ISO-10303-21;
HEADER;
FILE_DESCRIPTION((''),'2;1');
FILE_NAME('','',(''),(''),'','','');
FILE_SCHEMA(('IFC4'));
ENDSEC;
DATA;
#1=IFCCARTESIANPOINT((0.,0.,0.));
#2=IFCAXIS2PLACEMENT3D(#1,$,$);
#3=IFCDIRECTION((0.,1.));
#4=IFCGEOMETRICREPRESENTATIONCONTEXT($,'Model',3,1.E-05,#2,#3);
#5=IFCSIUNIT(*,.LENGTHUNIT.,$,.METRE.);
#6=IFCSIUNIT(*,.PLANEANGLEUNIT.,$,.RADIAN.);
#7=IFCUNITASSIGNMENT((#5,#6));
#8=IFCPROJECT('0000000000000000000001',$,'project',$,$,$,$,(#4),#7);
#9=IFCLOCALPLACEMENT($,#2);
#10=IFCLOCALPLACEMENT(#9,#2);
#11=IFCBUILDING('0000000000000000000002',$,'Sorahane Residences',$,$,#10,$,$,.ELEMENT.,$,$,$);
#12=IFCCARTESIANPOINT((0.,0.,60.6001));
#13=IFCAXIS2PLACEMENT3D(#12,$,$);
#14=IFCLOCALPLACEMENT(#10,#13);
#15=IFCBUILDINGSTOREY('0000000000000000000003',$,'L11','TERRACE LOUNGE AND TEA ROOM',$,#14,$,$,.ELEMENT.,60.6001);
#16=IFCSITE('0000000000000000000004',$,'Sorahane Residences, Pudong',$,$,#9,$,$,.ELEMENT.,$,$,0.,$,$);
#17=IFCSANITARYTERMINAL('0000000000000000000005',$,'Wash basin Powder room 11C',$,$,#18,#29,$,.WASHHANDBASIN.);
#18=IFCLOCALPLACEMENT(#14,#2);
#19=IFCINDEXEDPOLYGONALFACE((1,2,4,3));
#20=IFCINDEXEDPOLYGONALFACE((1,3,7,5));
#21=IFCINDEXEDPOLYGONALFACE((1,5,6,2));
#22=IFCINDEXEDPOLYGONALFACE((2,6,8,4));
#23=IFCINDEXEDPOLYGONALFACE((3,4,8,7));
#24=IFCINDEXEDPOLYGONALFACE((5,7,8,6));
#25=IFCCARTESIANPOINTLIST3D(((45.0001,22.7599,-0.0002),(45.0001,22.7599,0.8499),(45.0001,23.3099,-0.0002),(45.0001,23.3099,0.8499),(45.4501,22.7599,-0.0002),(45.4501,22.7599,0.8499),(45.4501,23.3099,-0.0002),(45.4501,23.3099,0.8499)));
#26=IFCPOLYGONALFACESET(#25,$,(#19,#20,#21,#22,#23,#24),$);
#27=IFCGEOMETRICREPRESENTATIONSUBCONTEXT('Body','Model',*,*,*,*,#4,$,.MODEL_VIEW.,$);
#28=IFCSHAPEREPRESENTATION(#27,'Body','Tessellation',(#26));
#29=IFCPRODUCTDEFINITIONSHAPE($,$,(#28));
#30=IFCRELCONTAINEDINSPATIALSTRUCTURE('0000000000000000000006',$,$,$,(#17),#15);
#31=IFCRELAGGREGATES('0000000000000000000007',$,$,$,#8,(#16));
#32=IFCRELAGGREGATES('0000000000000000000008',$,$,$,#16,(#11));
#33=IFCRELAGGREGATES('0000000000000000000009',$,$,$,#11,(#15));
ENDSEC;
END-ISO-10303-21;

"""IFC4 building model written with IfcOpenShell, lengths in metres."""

from ifc_helpers import new_model, si_unit, direction, frame, origin, origin_2d, place, context, subcontext, project, spatial, rectangle, extrude, element, save


model = new_model("IFC4")

# Units and contexts
model_context = context("Model", 3, precision=1e-05, world=origin(), true_north=direction((0.0, 1.0)))
body_context = subcontext(model_context, "Body", "Model", "MODEL_VIEW")
ifc_project = project(units=[si_unit("LENGTHUNIT", "METRE"), si_unit("PLANEANGLEUNIT", "RADIAN")], contexts=[model_context])

# Site, building, storey
site_placement = place(None, origin())
site = spatial("IfcSite", under=ifc_project, at=site_placement, Name="Sorahane Residences, Pudong", CompositionType="ELEMENT", RefElevation=0.0)
building_placement = place(site_placement, origin())
building = spatial("IfcBuilding", under=site, at=building_placement, Name="Sorahane Residences", CompositionType="ELEMENT")
storey_placement = place(building_placement, frame((0.0, 0.0, 60.6001)))
storey = spatial("IfcBuildingStorey", under=building, at=storey_placement, Name="L11", Description="TERRACE LOUNGE AND TEA ROOM", CompositionType="ELEMENT", Elevation=60.6001)

# Sanitary terminal
sanitary_terminal_1_placement = place(storey_placement, frame((45.2251, 23.0349, -0.0002), z_axis=(0.0, 0.0, 1.0), x_axis=(0.0, 1.0, 0.0)))
element("IfcSanitaryTerminal", 1, at=sanitary_terminal_1_placement, inside=storey, Name="Wash basin Powder room 11C", PredefinedType="WASHHANDBASIN", context=body_context, shape_type="SweptSolid", body=[
    extrude(rectangle(XDim=0.55, YDim=0.45, at=origin_2d()), origin(), (0.0, 0.0, 1.0), 0.8501),
])

save(model, "model.ifc")
